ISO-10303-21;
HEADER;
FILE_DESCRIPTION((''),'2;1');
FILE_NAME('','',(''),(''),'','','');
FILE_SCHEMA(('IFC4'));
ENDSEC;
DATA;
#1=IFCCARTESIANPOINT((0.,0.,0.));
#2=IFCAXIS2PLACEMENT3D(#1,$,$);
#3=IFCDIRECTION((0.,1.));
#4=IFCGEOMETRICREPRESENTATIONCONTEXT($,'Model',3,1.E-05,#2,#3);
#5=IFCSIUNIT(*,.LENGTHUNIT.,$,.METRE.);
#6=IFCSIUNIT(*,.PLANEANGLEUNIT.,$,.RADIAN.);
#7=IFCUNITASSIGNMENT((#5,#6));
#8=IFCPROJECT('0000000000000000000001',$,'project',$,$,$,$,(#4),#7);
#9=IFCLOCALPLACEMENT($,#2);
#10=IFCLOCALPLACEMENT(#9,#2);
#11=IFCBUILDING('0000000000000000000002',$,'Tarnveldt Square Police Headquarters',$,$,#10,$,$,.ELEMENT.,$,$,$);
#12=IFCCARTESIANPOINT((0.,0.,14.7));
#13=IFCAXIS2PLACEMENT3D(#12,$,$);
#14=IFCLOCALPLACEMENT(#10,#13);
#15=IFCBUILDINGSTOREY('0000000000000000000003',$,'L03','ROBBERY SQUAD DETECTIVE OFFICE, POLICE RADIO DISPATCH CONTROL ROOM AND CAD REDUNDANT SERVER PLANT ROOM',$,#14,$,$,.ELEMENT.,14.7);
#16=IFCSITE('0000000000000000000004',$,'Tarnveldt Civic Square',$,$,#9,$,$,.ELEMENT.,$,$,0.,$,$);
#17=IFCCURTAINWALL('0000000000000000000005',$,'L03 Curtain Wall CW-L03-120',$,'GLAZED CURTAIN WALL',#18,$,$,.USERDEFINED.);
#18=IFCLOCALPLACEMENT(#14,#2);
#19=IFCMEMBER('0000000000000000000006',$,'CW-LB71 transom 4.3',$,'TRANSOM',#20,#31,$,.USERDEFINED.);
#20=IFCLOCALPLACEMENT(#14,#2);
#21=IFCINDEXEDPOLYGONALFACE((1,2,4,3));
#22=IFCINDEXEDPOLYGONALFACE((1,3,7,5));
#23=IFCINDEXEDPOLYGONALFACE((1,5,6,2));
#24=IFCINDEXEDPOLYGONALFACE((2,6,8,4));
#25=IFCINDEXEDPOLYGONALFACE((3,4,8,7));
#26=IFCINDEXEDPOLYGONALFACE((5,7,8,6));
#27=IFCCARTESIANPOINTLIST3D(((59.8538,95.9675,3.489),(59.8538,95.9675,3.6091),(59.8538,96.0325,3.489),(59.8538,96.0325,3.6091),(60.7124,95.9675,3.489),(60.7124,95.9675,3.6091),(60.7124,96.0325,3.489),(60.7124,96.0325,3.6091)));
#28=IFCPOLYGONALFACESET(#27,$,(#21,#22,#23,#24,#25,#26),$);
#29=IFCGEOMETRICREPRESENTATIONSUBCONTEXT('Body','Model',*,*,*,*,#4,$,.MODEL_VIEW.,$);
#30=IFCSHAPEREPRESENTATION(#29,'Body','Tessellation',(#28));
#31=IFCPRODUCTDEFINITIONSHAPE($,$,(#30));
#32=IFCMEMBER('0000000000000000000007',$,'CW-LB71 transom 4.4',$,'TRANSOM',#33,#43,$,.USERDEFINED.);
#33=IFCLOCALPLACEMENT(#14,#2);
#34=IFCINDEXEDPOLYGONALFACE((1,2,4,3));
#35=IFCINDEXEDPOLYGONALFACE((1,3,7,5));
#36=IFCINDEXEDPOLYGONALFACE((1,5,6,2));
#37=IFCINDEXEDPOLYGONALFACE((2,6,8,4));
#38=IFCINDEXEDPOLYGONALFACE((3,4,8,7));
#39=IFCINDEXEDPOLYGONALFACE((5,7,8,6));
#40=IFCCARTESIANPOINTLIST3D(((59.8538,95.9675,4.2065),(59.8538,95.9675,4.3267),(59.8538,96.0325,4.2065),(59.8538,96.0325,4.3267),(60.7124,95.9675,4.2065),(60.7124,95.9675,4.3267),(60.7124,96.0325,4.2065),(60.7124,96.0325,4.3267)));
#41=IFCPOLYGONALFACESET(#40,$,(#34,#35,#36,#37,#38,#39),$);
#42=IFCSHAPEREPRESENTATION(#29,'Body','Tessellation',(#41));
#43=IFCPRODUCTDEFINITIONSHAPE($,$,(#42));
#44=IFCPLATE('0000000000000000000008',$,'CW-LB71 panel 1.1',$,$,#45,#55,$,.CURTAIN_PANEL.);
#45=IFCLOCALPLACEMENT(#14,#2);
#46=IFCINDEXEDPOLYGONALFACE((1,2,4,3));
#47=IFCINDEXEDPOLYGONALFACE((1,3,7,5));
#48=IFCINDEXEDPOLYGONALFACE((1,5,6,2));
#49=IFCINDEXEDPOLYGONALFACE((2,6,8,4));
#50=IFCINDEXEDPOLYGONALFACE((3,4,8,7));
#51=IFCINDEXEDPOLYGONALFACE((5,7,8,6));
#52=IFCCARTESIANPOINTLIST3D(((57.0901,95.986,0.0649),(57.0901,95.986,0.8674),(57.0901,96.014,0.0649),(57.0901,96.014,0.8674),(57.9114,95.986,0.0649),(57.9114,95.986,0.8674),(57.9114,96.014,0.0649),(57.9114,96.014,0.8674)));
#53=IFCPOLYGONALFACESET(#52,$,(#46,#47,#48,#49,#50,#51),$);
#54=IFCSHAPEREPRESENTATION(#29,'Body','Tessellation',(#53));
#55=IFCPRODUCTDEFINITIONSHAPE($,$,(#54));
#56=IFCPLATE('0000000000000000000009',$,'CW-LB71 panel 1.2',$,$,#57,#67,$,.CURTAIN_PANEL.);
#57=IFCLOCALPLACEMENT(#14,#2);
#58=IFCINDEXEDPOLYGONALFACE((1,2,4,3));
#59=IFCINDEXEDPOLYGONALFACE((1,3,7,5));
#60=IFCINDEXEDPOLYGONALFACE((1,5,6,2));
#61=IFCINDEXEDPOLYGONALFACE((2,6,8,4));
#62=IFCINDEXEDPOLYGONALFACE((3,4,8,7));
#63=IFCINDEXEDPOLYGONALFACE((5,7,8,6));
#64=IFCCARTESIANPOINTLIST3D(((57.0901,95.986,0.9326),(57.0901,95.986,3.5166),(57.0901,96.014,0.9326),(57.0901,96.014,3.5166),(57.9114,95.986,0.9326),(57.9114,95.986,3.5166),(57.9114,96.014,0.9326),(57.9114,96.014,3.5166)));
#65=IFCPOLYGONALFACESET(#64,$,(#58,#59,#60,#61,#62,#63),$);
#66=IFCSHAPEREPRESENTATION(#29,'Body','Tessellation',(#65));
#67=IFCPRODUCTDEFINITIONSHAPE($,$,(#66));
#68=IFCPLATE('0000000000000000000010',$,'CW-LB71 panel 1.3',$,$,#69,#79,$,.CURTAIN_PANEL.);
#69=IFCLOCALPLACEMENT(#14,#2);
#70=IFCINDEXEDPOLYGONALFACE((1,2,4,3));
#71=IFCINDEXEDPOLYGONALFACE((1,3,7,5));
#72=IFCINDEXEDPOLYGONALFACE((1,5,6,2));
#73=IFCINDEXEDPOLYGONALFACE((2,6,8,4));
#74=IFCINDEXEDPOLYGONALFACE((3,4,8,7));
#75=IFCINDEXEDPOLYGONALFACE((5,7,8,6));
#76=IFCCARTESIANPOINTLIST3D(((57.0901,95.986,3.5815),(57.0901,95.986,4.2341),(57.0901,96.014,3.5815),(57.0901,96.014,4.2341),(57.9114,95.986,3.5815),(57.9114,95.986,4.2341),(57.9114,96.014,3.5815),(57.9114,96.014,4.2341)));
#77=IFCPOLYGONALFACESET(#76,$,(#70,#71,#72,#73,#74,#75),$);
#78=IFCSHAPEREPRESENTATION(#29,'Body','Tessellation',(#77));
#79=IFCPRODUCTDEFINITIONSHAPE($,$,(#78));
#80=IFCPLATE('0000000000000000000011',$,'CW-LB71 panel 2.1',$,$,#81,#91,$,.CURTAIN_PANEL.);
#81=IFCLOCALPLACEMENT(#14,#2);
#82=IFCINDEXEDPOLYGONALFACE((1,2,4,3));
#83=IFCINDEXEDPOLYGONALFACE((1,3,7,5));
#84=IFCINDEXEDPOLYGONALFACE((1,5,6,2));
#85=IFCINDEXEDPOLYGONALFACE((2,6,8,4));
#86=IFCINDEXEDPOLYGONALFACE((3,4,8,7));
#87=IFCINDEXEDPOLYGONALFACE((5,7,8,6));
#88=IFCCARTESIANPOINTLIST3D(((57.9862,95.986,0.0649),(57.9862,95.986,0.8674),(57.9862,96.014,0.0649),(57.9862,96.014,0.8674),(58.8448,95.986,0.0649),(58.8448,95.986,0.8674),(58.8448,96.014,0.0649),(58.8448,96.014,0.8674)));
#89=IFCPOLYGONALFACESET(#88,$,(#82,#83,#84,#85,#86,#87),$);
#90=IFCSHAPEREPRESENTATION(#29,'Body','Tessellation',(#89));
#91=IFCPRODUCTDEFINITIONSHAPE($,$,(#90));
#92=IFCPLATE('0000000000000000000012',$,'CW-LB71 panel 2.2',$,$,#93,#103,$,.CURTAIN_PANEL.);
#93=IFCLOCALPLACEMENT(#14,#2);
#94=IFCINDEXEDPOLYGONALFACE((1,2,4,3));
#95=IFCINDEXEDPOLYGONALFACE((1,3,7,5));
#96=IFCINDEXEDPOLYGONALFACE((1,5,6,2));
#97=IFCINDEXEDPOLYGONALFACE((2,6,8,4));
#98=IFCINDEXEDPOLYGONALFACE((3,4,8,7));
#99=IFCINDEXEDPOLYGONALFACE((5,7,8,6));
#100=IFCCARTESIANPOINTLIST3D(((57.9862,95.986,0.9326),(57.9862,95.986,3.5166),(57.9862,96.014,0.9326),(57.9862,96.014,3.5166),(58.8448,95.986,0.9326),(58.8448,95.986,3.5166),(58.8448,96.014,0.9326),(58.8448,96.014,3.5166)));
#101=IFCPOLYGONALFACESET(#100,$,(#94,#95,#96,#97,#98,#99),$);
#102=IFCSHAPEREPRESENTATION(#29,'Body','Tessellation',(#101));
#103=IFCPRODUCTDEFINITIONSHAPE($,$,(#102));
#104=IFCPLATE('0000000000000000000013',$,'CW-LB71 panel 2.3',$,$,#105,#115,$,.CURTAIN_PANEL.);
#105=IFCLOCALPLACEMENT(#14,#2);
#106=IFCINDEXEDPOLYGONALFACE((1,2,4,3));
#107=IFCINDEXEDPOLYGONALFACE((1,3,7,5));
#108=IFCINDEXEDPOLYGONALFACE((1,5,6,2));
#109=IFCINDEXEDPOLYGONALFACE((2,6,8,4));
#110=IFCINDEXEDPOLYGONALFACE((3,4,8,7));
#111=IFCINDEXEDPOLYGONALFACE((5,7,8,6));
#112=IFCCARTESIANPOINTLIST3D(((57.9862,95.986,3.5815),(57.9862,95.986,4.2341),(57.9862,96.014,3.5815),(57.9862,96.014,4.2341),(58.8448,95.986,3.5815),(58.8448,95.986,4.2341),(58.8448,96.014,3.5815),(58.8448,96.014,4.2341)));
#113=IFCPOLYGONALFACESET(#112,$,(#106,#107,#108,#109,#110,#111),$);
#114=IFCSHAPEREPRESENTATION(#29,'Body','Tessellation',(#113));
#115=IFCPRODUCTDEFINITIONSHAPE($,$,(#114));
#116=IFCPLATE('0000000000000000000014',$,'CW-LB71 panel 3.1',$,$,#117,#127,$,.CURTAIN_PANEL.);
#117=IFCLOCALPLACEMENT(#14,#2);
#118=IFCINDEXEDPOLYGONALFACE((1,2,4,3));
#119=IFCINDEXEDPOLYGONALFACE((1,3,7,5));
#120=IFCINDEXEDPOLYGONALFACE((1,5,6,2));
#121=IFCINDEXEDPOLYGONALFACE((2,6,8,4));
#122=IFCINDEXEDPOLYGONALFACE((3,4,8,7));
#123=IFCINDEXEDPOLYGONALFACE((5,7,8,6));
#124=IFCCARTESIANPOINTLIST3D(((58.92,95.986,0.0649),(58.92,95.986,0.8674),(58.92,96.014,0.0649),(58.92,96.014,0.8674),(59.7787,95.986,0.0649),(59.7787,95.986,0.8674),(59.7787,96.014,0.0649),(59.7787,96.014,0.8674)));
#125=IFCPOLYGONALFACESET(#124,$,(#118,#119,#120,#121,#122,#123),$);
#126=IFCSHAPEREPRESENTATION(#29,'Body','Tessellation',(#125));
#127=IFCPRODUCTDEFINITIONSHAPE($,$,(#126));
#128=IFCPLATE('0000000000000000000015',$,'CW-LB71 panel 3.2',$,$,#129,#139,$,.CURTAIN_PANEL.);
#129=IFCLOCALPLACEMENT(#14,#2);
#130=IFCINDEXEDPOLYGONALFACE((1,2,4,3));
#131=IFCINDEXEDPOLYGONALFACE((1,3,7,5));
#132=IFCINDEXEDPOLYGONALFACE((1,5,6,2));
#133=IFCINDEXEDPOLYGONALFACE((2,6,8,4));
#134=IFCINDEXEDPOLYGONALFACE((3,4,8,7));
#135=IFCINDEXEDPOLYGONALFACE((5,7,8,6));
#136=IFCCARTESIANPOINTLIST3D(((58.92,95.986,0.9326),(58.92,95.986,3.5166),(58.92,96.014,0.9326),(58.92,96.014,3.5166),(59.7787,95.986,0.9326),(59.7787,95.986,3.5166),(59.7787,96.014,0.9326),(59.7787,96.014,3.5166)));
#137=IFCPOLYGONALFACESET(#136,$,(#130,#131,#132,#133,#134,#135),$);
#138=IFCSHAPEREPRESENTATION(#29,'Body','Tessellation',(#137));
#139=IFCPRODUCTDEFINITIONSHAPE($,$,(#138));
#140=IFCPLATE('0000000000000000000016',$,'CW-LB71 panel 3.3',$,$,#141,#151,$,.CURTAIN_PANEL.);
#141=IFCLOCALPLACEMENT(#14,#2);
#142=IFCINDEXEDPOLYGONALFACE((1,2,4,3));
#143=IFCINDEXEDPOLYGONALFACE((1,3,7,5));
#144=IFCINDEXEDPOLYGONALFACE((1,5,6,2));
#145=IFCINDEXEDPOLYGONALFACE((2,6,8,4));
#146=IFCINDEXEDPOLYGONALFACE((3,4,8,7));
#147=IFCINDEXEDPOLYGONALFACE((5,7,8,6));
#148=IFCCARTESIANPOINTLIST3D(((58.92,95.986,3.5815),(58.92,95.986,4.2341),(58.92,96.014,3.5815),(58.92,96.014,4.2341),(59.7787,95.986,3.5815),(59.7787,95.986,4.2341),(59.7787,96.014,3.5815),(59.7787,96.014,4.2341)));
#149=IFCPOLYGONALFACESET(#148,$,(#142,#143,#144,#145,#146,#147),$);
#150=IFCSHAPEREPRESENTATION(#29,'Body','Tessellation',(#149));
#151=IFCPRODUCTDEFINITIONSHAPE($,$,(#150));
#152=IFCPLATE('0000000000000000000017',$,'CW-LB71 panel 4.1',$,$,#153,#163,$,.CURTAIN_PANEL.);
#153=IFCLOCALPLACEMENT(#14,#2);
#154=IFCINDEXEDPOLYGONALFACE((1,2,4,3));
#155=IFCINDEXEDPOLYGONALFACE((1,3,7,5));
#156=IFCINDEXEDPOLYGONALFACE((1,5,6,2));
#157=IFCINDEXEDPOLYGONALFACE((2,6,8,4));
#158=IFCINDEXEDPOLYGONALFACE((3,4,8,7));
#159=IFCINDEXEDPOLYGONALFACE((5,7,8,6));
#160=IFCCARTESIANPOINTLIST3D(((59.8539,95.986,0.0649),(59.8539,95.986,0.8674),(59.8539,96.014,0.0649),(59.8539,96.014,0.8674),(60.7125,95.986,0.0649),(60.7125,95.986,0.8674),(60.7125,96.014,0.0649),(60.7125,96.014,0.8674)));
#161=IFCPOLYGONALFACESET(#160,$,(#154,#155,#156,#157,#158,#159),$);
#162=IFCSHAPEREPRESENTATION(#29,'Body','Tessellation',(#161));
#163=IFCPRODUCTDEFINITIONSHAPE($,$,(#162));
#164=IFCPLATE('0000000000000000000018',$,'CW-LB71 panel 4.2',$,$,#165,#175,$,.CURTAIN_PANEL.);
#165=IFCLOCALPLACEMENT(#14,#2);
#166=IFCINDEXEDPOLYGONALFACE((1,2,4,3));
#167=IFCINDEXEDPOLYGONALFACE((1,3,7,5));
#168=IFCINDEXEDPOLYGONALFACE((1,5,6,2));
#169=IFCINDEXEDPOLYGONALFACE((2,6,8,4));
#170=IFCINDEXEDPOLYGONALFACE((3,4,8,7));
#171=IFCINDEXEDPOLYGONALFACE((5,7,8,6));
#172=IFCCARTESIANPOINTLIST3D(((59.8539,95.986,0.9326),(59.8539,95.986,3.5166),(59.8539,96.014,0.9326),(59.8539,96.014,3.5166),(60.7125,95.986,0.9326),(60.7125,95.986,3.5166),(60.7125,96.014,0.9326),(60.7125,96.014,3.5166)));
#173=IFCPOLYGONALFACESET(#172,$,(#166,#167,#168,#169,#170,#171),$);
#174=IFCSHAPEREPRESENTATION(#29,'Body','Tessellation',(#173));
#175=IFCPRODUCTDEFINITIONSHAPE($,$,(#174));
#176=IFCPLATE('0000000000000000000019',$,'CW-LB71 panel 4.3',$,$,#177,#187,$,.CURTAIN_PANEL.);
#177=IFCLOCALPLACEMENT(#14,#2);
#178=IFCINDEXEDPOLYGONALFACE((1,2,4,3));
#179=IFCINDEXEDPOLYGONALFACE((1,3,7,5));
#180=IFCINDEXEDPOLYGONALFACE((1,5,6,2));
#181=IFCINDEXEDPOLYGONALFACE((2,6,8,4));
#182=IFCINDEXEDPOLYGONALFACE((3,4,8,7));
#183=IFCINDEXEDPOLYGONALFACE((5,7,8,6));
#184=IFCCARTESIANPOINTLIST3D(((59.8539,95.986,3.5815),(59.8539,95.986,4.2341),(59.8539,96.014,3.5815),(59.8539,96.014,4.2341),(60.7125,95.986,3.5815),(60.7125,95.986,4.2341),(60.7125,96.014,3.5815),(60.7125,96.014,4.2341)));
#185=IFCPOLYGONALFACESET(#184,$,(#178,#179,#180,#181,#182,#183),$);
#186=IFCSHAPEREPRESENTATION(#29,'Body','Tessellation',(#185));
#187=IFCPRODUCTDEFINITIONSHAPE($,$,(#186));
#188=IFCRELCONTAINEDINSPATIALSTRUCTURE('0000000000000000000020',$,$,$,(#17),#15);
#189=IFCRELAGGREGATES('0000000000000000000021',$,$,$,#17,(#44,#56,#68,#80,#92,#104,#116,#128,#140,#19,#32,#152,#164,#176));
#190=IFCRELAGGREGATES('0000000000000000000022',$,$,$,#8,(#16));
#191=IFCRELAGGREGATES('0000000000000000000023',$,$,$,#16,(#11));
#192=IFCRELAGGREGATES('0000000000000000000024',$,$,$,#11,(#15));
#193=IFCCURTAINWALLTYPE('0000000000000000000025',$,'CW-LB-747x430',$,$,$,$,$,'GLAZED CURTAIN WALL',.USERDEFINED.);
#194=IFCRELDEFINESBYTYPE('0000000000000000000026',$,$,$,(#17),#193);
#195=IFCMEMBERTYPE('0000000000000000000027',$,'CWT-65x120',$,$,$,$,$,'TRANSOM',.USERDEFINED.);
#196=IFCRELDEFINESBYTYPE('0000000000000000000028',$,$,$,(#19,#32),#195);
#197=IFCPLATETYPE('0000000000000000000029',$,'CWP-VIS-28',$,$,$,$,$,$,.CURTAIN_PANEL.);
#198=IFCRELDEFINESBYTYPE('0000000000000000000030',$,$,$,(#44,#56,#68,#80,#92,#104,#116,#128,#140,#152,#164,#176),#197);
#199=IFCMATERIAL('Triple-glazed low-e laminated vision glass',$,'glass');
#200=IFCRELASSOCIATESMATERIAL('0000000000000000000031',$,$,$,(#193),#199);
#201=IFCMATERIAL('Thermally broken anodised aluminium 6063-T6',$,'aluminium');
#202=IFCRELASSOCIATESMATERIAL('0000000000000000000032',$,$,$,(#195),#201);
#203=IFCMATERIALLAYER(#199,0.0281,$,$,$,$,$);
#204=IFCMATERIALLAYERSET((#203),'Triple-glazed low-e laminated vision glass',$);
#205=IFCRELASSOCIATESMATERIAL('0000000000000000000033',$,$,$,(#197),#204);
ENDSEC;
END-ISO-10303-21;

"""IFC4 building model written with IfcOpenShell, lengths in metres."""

from ifc_helpers import new_model, si_unit, direction, frame, origin, origin_2d, place, context, subcontext, project, spatial, rectangle, extrude, material, layer, layer_set, material_profile, profile_set, type_object, element, aggregate, save


model = new_model("IFC4")

# Units and contexts
model_context = context("Model", 3, precision=1e-05, world=origin(), true_north=direction((0.0, 1.0)))
body_context = subcontext(model_context, "Body", "Model", "MODEL_VIEW")
ifc_project = project(units=[si_unit("LENGTHUNIT", "METRE"), si_unit("PLANEANGLEUNIT", "RADIAN")], contexts=[model_context])

# Site, building, storey
site_placement = place(None, origin())
site = spatial("IfcSite", under=ifc_project, at=site_placement, Name="Tarnveldt Civic Square", CompositionType="ELEMENT", RefElevation=0.0)
building_placement = place(site_placement, origin())
building = spatial("IfcBuilding", under=site, at=building_placement, Name="Tarnveldt Square Police Headquarters", CompositionType="ELEMENT")
storey_placement = place(building_placement, frame((0.0, 0.0, 14.7)))
storey = spatial("IfcBuildingStorey", under=building, at=storey_placement, Name="L03", Description="ROBBERY SQUAD DETECTIVE OFFICE, POLICE RADIO DISPATCH CONTROL ROOM AND CAD REDUNDANT SERVER PLANT ROOM", CompositionType="ELEMENT", Elevation=14.7)

# Curtain wall, members, plates
ifc_material_1 = material(Name="Triple-glazed low-e laminated vision glass", Category="glass")
curtain_wall_type = type_object("IfcCurtainWallType", Name="CW-LB-747x430", ElementType="GLAZED CURTAIN WALL", PredefinedType="USERDEFINED", material=ifc_material_1)
curtain_wall_placement = place(storey_placement, origin())
curtain_wall = element("IfcCurtainWall", 1, at=curtain_wall_placement, inside=storey, type_object=curtain_wall_type, Name="L03 Curtain Wall CW-L03-120", ObjectType="GLAZED CURTAIN WALL", PredefinedType="USERDEFINED")
ifc_material_2 = material(Name="Thermally broken anodised aluminium 6063-T6", Category="aluminium")
ifc_material_profile_1 = material_profile(ifc_material_2, rectangle(XDim=0.0649, YDim=0.1201, at=origin_2d()), Name="CW-T65x120")
ifc_profile_set_1 = profile_set([ifc_material_profile_1], Name="Thermally broken anodised aluminium 6063-T6")
member_type_1 = type_object("IfcMemberType", Name="CWT-65x120", ElementType="TRANSOM", PredefinedType="USERDEFINED", material=ifc_profile_set_1)
member_1_placement = place(storey_placement, frame((59.8538, 96.0, 3.5491), z_axis=(1.0, 0.0, 0.0), x_axis=(0.0, 1.0, 0.0)))
member_1 = element("IfcMember", 2, at=member_1_placement, type_object=member_type_1, Name="CW-LB71 transom 4.3", ObjectType="TRANSOM", PredefinedType="USERDEFINED", context=body_context, shape_type="SweptSolid", body=[
    extrude(rectangle(XDim=0.0649, YDim=0.1201, at=origin_2d()), origin(), (0.0, 0.0, 1.0), 0.8586),
])
member_2_placement = place(storey_placement, frame((59.8538, 96.0, 4.2666), z_axis=(1.0, 0.0, 0.0), x_axis=(0.0, 1.0, 0.0)))
member_2 = element("IfcMember", 3, at=member_2_placement, type_object=member_type_1, Name="CW-LB71 transom 4.4", ObjectType="TRANSOM", PredefinedType="USERDEFINED", context=body_context, shape_type="SweptSolid", body=[
    extrude(rectangle(XDim=0.0649, YDim=0.1201, at=origin_2d()), origin(), (0.0, 0.0, 1.0), 0.8586),
])
ifc_layer = layer(ifc_material_1, 0.0281)
ifc_layer_set = layer_set([ifc_layer], Name="Triple-glazed low-e laminated vision glass")
plate_type = type_object("IfcPlateType", Name="CWP-VIS-28", PredefinedType="CURTAIN_PANEL", material=ifc_layer_set)
plate_1_placement = place(storey_placement, frame((57.5007, 96.0, 0.0649), z_axis=(0.0, 0.0, 1.0), x_axis=(1.0, 0.0, 0.0)))
plate_1 = element("IfcPlate", 4, at=plate_1_placement, type_object=plate_type, Name="CW-LB71 panel 1.1", PredefinedType="CURTAIN_PANEL", context=body_context, shape_type="SweptSolid", body=[
    extrude(rectangle(XDim=0.8213, YDim=0.0281, at=origin_2d()), origin(), (0.0, 0.0, 1.0), 0.8025),
])
plate_2_placement = place(storey_placement, frame((57.5007, 96.0, 0.9326), z_axis=(0.0, 0.0, 1.0), x_axis=(1.0, 0.0, 0.0)))
plate_2 = element("IfcPlate", 5, at=plate_2_placement, type_object=plate_type, Name="CW-LB71 panel 1.2", PredefinedType="CURTAIN_PANEL", context=body_context, shape_type="SweptSolid", body=[
    extrude(rectangle(XDim=0.8213, YDim=0.0281, at=origin_2d()), origin(), (0.0, 0.0, 1.0), 2.584),
])
plate_3_placement = place(storey_placement, frame((57.5007, 96.0, 3.5815), z_axis=(0.0, 0.0, 1.0), x_axis=(1.0, 0.0, 0.0)))
plate_3 = element("IfcPlate", 6, at=plate_3_placement, type_object=plate_type, Name="CW-LB71 panel 1.3", PredefinedType="CURTAIN_PANEL", context=body_context, shape_type="SweptSolid", body=[
    extrude(rectangle(XDim=0.8213, YDim=0.0281, at=origin_2d()), origin(), (0.0, 0.0, 1.0), 0.6526),
])
plate_4_placement = place(storey_placement, frame((58.4155, 96.0, 0.0649), z_axis=(0.0, 0.0, 1.0), x_axis=(1.0, 0.0, 0.0)))
plate_4 = element("IfcPlate", 7, at=plate_4_placement, type_object=plate_type, Name="CW-LB71 panel 2.1", PredefinedType="CURTAIN_PANEL", context=body_context, shape_type="SweptSolid", body=[
    extrude(rectangle(XDim=0.8586, YDim=0.0281, at=origin_2d()), origin(), (0.0, 0.0, 1.0), 0.8025),
])
plate_5_placement = place(storey_placement, frame((58.4155, 96.0, 0.9326), z_axis=(0.0, 0.0, 1.0), x_axis=(1.0, 0.0, 0.0)))
plate_5 = element("IfcPlate", 8, at=plate_5_placement, type_object=plate_type, Name="CW-LB71 panel 2.2", PredefinedType="CURTAIN_PANEL", context=body_context, shape_type="SweptSolid", body=[
    extrude(rectangle(XDim=0.8586, YDim=0.0281, at=origin_2d()), origin(), (0.0, 0.0, 1.0), 2.584),
])
plate_6_placement = place(storey_placement, frame((58.4155, 96.0, 3.5815), z_axis=(0.0, 0.0, 1.0), x_axis=(1.0, 0.0, 0.0)))
plate_6 = element("IfcPlate", 9, at=plate_6_placement, type_object=plate_type, Name="CW-LB71 panel 2.3", PredefinedType="CURTAIN_PANEL", context=body_context, shape_type="SweptSolid", body=[
    extrude(rectangle(XDim=0.8586, YDim=0.0281, at=origin_2d()), origin(), (0.0, 0.0, 1.0), 0.6526),
])
plate_7_placement = place(storey_placement, frame((59.3494, 96.0, 0.0649), z_axis=(0.0, 0.0, 1.0), x_axis=(1.0, 0.0, 0.0)))
plate_7 = element("IfcPlate", 10, at=plate_7_placement, type_object=plate_type, Name="CW-LB71 panel 3.1", PredefinedType="CURTAIN_PANEL", context=body_context, shape_type="SweptSolid", body=[
    extrude(rectangle(XDim=0.8586, YDim=0.0281, at=origin_2d()), origin(), (0.0, 0.0, 1.0), 0.8025),
])
plate_8_placement = place(storey_placement, frame((59.3494, 96.0, 0.9326), z_axis=(0.0, 0.0, 1.0), x_axis=(1.0, 0.0, 0.0)))
plate_8 = element("IfcPlate", 11, at=plate_8_placement, type_object=plate_type, Name="CW-LB71 panel 3.2", PredefinedType="CURTAIN_PANEL", context=body_context, shape_type="SweptSolid", body=[
    extrude(rectangle(XDim=0.8586, YDim=0.0281, at=origin_2d()), origin(), (0.0, 0.0, 1.0), 2.584),
])
plate_9_placement = place(storey_placement, frame((59.3494, 96.0, 3.5815), z_axis=(0.0, 0.0, 1.0), x_axis=(1.0, 0.0, 0.0)))
plate_9 = element("IfcPlate", 12, at=plate_9_placement, type_object=plate_type, Name="CW-LB71 panel 3.3", PredefinedType="CURTAIN_PANEL", context=body_context, shape_type="SweptSolid", body=[
    extrude(rectangle(XDim=0.8586, YDim=0.0281, at=origin_2d()), origin(), (0.0, 0.0, 1.0), 0.6526),
])
plate_10_placement = place(storey_placement, frame((60.2832, 96.0, 0.0649), z_axis=(0.0, 0.0, 1.0), x_axis=(1.0, 0.0, 0.0)))
plate_10 = element("IfcPlate", 13, at=plate_10_placement, type_object=plate_type, Name="CW-LB71 panel 4.1", PredefinedType="CURTAIN_PANEL", context=body_context, shape_type="SweptSolid", body=[
    extrude(rectangle(XDim=0.8586, YDim=0.0281, at=origin_2d()), origin(), (0.0, 0.0, 1.0), 0.8025),
])
plate_11_placement = place(storey_placement, frame((60.2832, 96.0, 0.9326), z_axis=(0.0, 0.0, 1.0), x_axis=(1.0, 0.0, 0.0)))
plate_11 = element("IfcPlate", 14, at=plate_11_placement, type_object=plate_type, Name="CW-LB71 panel 4.2", PredefinedType="CURTAIN_PANEL", context=body_context, shape_type="SweptSolid", body=[
    extrude(rectangle(XDim=0.8586, YDim=0.0281, at=origin_2d()), origin(), (0.0, 0.0, 1.0), 2.584),
])
plate_12_placement = place(storey_placement, frame((60.2832, 96.0, 3.5815), z_axis=(0.0, 0.0, 1.0), x_axis=(1.0, 0.0, 0.0)))
plate_12 = element("IfcPlate", 15, at=plate_12_placement, type_object=plate_type, Name="CW-LB71 panel 4.3", PredefinedType="CURTAIN_PANEL", context=body_context, shape_type="SweptSolid", body=[
    extrude(rectangle(XDim=0.8586, YDim=0.0281, at=origin_2d()), origin(), (0.0, 0.0, 1.0), 0.6526),
])
aggregate(curtain_wall, [plate_1, plate_2, plate_3, plate_4, plate_5, plate_6, plate_7, plate_8, plate_9, member_1, member_2, plate_10, plate_11, plate_12])

save(model, "model.ifc")
